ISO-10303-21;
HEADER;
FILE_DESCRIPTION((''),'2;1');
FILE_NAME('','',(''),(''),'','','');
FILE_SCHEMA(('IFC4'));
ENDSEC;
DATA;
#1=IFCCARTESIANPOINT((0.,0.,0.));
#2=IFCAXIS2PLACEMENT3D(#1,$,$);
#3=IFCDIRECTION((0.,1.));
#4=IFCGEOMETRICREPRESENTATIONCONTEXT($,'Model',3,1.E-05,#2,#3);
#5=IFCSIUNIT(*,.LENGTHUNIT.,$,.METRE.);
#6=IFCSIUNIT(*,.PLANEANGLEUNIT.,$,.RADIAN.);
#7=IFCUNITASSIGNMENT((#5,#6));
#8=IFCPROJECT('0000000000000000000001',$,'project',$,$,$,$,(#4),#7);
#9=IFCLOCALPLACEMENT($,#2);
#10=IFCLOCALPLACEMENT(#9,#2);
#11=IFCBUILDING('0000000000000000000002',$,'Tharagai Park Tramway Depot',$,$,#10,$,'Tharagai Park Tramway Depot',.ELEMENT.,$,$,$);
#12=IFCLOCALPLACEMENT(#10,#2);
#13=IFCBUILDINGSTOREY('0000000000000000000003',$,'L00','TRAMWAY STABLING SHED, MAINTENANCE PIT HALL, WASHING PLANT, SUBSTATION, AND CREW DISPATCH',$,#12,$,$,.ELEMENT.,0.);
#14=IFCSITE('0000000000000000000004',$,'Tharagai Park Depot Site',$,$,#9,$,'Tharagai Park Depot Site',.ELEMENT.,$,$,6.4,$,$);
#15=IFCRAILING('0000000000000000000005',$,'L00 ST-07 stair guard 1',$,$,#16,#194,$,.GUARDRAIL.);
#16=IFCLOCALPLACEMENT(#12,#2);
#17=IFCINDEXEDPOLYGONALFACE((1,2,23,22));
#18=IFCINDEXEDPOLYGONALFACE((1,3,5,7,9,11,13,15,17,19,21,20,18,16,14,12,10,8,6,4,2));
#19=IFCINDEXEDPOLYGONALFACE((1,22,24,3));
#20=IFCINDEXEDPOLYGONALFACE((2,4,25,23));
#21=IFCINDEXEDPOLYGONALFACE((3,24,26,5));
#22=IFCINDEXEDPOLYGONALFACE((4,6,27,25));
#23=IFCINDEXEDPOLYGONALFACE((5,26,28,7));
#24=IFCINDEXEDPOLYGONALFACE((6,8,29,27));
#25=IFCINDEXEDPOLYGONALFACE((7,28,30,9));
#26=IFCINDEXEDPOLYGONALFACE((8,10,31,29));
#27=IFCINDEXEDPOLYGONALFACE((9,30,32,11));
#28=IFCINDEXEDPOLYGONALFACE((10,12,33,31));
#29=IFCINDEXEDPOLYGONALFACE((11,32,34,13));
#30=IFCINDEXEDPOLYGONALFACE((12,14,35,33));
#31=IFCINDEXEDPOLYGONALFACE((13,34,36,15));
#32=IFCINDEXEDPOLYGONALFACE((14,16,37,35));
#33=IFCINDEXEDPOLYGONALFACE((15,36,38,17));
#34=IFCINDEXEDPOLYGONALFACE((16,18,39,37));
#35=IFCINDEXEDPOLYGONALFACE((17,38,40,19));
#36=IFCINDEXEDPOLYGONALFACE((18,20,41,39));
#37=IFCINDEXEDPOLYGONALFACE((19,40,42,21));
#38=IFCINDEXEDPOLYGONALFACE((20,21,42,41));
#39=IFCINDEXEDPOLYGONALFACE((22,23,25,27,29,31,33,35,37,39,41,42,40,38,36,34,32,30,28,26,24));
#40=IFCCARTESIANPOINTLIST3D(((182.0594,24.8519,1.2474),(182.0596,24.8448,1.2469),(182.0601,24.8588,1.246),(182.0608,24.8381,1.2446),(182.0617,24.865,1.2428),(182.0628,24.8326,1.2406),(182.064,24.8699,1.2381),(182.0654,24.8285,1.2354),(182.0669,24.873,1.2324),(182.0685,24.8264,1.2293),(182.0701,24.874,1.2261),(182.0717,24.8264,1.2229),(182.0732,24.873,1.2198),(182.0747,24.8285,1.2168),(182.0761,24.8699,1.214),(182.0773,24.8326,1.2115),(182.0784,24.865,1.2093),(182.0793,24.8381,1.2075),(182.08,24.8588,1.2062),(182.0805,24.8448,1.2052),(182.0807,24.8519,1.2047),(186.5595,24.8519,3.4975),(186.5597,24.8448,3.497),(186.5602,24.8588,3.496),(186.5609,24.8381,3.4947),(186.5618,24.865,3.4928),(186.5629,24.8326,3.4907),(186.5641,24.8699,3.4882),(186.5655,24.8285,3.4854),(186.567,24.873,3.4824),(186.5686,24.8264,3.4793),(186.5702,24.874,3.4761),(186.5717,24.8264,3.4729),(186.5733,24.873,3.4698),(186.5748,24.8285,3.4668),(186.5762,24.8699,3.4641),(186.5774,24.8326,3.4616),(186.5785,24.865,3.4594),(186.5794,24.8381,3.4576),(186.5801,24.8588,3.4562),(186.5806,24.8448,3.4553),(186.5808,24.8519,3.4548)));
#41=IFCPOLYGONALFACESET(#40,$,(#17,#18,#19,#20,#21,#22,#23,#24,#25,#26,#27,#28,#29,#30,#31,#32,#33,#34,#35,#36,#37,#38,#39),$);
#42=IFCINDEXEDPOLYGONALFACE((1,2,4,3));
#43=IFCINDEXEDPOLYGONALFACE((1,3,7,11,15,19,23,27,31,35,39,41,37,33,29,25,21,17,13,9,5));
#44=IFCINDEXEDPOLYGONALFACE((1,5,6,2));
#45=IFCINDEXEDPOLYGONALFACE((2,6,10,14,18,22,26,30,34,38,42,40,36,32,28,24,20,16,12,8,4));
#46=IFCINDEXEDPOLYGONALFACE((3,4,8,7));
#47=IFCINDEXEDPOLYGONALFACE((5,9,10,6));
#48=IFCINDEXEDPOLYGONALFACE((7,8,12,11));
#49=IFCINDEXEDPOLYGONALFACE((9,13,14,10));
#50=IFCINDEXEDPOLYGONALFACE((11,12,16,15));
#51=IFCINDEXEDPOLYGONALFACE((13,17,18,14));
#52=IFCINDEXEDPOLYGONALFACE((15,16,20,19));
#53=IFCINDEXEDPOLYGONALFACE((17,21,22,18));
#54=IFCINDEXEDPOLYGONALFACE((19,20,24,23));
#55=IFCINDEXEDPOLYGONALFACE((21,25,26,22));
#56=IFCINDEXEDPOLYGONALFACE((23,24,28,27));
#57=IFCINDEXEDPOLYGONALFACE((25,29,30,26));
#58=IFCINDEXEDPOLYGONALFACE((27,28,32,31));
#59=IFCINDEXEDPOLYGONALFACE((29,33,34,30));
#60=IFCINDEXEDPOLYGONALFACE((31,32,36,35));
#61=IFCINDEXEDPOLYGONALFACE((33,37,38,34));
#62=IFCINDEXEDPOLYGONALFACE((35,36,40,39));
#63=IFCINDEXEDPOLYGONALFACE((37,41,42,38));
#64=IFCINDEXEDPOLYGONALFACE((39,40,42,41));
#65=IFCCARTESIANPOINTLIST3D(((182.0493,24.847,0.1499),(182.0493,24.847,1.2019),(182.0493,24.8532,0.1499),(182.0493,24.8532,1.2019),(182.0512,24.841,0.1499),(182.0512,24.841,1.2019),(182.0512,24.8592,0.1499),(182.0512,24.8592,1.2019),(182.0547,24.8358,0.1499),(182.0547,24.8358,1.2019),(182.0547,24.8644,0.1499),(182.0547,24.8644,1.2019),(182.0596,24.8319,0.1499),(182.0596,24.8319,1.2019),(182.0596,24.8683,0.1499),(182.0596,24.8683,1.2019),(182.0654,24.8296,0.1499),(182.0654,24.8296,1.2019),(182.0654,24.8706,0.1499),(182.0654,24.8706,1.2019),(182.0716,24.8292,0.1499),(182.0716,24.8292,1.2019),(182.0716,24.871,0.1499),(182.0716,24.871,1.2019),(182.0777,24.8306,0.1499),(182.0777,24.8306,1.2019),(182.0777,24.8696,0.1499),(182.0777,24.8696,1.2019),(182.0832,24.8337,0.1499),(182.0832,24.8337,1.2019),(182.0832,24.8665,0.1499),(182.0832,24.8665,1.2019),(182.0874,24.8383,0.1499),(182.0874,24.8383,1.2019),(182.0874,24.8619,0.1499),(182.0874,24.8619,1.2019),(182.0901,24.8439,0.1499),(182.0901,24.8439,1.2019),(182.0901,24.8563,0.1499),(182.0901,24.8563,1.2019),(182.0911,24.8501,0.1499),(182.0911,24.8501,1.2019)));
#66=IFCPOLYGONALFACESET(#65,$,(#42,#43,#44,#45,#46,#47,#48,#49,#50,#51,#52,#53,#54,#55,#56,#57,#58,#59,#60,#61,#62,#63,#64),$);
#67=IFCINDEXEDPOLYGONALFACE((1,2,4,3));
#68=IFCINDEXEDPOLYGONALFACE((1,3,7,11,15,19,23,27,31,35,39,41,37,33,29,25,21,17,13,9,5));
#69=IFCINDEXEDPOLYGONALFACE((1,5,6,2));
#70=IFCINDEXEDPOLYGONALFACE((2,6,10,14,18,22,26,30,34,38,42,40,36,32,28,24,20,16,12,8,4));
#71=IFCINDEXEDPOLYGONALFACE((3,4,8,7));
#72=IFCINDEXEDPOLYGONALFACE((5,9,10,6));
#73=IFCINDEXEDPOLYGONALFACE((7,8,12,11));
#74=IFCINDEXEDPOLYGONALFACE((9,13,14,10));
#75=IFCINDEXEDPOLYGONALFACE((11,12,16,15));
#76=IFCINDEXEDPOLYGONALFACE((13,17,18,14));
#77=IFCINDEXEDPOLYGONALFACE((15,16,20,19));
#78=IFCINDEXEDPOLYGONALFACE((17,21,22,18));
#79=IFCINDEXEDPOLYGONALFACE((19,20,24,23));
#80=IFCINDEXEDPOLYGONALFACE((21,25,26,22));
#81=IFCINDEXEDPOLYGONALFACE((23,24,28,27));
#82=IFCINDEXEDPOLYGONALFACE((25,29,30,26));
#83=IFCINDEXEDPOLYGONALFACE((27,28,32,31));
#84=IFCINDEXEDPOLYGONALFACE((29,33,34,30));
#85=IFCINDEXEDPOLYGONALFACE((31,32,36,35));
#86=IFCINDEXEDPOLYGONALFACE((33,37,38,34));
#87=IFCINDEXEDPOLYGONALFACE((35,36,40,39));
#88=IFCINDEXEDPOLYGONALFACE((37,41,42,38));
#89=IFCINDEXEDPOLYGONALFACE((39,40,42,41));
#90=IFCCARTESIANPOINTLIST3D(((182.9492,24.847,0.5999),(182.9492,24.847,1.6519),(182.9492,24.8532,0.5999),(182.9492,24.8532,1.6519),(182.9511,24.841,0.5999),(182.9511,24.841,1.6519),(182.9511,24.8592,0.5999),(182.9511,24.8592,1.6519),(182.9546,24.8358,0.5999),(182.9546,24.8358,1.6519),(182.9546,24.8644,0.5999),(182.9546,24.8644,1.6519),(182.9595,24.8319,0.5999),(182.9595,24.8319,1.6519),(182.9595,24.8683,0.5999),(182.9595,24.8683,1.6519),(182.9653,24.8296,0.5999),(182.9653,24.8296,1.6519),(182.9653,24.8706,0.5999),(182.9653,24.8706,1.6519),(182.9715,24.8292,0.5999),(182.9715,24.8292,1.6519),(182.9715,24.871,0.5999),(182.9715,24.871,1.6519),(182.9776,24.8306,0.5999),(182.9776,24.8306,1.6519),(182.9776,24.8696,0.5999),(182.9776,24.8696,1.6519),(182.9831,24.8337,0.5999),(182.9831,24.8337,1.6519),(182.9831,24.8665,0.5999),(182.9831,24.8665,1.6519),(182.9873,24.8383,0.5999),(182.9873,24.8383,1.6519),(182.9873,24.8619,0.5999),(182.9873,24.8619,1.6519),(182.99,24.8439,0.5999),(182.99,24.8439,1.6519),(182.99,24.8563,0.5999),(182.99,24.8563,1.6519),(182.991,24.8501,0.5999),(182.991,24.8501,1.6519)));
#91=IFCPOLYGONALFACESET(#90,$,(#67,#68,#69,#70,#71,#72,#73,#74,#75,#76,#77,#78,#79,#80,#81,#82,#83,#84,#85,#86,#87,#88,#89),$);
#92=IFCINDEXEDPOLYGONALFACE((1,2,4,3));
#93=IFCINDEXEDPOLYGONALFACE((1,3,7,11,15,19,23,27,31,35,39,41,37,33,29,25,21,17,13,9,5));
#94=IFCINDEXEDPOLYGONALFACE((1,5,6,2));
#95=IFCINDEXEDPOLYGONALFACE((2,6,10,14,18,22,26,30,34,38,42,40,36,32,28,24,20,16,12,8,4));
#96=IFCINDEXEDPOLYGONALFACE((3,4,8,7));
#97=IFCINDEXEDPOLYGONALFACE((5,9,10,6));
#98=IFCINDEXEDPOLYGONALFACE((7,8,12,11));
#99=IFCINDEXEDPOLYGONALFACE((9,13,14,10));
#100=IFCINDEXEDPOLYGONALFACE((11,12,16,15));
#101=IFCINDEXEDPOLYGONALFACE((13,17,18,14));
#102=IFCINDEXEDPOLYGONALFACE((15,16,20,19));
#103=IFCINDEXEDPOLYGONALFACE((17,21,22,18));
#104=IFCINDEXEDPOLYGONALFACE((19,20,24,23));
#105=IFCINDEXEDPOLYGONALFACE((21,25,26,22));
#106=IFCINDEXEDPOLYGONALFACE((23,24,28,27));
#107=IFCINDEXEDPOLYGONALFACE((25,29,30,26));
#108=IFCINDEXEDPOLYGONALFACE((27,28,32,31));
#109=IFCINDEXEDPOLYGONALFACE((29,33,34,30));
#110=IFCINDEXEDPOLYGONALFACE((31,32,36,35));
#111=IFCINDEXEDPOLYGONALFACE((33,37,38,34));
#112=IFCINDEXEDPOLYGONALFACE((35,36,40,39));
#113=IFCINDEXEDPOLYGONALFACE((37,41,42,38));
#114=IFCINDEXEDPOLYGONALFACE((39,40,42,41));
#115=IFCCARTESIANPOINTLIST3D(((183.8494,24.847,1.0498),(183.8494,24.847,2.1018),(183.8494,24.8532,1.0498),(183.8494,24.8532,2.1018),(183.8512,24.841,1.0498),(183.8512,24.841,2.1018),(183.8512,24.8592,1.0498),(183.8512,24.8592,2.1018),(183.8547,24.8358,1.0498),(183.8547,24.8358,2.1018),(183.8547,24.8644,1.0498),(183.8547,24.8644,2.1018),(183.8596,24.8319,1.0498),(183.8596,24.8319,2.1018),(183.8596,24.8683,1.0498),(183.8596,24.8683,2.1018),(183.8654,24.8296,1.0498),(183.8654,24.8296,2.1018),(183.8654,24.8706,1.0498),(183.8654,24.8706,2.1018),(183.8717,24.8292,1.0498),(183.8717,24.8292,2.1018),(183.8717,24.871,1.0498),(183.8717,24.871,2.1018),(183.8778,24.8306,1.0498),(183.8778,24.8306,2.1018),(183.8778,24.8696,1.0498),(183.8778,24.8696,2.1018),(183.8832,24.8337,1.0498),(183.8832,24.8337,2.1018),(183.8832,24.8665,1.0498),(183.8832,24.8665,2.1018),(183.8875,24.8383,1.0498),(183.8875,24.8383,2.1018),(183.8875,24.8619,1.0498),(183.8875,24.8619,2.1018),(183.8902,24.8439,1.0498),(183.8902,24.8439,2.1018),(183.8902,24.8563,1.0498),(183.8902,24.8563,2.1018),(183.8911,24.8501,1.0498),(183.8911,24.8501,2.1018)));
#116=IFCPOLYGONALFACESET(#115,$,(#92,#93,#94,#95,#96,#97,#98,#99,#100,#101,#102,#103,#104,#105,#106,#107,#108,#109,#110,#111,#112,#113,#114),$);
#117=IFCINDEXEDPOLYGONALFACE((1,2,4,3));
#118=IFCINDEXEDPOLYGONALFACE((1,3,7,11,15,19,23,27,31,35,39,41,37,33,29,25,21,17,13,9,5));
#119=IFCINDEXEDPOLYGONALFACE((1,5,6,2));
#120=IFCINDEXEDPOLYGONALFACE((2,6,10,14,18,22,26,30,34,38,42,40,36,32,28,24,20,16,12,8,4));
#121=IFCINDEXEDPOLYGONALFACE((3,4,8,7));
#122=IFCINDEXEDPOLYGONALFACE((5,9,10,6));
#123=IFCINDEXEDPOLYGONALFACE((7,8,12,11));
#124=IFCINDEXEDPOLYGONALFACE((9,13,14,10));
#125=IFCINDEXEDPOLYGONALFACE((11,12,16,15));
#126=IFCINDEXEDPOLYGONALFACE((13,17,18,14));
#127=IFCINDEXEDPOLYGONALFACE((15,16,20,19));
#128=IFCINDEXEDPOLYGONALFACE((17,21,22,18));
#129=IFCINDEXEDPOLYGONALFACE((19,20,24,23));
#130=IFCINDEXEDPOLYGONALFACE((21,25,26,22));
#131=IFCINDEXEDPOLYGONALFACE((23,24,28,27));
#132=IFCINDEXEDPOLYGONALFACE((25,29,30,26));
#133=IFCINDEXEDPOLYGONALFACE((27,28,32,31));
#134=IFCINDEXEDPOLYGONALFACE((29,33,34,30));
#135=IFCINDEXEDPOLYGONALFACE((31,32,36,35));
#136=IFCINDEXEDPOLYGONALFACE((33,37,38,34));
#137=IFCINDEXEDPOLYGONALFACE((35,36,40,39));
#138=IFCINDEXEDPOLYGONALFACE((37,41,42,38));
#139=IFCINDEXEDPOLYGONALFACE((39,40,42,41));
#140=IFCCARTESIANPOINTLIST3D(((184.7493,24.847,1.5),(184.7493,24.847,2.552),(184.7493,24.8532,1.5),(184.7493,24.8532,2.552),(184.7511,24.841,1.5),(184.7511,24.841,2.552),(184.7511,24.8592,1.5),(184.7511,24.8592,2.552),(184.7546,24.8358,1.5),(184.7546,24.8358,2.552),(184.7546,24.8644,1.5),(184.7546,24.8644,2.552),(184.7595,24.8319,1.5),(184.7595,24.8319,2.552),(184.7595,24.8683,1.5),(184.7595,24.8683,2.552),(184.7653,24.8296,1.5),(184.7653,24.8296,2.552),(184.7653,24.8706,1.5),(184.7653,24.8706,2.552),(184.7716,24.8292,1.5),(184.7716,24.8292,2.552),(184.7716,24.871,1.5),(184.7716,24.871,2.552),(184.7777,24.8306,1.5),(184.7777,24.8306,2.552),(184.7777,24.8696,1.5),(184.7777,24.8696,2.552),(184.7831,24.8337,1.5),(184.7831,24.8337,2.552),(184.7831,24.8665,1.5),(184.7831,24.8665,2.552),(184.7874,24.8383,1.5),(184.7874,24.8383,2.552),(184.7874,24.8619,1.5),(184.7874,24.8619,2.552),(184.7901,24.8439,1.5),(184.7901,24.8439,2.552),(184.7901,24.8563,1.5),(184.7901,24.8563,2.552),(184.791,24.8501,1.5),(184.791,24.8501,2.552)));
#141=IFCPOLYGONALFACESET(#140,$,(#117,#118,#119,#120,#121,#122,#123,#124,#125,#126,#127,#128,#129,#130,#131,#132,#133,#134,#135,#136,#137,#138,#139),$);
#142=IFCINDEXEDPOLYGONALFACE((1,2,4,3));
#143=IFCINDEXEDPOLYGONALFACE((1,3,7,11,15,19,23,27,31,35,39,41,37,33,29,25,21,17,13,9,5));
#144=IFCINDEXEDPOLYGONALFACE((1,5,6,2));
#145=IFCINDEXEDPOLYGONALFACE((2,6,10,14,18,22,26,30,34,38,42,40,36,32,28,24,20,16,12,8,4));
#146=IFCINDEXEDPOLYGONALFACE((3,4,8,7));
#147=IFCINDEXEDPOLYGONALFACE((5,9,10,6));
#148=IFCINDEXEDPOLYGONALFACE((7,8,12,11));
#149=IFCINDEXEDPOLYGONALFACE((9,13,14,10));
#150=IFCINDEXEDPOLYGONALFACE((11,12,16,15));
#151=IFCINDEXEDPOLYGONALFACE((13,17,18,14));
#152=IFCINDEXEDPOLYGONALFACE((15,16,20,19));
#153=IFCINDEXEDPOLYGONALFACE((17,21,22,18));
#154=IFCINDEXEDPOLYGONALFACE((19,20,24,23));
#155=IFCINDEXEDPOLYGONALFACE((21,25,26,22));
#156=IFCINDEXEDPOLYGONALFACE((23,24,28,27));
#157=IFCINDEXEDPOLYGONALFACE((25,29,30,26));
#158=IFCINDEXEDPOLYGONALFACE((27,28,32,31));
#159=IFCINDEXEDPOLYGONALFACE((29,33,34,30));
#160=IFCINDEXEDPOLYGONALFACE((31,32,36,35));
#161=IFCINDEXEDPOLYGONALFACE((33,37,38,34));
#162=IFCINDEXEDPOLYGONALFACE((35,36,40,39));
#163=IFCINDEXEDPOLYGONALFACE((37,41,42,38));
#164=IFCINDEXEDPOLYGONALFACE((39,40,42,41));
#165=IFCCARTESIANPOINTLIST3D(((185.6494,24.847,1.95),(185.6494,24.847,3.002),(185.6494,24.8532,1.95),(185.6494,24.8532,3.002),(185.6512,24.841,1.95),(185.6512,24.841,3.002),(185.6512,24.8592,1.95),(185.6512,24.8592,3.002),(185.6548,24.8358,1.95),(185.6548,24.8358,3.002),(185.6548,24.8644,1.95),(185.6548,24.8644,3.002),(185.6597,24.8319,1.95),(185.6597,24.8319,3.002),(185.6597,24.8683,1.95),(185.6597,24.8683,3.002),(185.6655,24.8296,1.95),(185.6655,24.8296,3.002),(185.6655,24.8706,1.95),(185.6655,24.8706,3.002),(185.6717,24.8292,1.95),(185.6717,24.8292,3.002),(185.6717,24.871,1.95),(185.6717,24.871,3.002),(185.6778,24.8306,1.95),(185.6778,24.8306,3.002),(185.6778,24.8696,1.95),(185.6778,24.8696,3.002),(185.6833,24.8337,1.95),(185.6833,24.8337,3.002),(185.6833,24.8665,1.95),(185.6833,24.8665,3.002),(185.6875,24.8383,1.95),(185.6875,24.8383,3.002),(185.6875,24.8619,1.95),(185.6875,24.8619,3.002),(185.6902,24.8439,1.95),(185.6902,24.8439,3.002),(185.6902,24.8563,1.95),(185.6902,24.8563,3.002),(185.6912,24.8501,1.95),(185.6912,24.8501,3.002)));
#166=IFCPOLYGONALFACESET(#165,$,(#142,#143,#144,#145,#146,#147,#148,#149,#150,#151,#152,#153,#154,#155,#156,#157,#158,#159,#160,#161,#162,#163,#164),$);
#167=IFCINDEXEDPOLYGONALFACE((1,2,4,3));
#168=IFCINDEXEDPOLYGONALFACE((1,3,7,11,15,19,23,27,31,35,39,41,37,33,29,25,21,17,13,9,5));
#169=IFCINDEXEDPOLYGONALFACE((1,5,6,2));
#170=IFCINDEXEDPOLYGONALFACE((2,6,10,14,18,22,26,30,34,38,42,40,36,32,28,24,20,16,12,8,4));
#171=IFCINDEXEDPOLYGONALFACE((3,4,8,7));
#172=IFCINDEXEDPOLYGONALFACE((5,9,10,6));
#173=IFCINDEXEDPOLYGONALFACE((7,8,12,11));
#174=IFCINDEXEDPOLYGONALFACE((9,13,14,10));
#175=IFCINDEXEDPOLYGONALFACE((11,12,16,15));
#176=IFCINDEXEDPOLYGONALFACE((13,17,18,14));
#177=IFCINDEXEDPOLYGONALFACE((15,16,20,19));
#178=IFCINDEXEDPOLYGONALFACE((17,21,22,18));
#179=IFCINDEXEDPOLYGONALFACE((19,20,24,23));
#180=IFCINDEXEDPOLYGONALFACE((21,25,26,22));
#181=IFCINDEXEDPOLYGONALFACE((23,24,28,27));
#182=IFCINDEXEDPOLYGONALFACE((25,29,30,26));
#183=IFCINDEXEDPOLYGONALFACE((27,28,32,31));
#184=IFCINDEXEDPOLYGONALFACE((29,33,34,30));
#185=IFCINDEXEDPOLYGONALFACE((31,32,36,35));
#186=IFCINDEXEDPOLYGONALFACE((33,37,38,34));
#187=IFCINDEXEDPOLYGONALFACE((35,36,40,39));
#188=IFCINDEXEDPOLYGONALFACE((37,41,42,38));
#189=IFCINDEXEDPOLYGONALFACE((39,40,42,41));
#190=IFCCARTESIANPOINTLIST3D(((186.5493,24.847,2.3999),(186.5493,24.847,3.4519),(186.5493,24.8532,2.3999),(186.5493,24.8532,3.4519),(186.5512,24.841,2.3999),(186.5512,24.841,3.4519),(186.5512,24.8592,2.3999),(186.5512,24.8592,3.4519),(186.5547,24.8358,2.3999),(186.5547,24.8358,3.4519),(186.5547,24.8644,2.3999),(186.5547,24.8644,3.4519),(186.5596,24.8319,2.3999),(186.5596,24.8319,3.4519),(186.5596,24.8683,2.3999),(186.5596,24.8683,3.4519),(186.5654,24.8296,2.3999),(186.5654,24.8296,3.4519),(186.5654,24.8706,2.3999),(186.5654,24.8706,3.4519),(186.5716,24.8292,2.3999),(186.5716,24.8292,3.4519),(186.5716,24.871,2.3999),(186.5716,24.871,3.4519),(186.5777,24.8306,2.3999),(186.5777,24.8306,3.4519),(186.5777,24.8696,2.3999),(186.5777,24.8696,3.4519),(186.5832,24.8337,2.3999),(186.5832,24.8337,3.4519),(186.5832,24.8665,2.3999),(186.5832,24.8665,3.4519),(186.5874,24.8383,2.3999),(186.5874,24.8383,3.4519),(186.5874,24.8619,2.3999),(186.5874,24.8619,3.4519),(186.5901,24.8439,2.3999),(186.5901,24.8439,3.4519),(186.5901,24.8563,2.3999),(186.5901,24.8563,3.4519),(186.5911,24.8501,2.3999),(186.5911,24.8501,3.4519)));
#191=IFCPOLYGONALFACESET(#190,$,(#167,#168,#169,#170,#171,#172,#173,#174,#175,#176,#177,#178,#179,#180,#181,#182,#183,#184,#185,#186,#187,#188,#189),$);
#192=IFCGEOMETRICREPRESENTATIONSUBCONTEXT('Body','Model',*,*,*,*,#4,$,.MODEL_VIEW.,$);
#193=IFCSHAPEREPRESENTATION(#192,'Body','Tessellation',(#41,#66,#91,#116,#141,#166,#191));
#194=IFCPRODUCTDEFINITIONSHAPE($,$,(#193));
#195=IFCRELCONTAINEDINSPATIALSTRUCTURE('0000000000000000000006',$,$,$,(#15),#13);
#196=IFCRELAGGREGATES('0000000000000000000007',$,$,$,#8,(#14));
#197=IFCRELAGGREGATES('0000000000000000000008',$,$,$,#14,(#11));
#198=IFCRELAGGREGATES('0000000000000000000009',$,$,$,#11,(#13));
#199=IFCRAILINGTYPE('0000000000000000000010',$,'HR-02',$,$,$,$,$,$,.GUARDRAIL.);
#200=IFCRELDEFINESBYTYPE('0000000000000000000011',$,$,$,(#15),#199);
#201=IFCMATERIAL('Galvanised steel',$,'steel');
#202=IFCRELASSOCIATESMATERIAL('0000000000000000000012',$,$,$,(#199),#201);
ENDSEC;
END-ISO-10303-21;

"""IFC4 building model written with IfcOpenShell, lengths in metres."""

from ifc_helpers import new_model, si_unit, direction, frame, origin, origin_2d, place, context, subcontext, project, spatial, circle, extrude, material, type_object, element, save


model = new_model("IFC4")

# Units and contexts
model_context = context("Model", 3, precision=1e-05, world=origin(), true_north=direction((0.0, 1.0)))
body_context = subcontext(model_context, "Body", "Model", "MODEL_VIEW")
ifc_project = project(units=[si_unit("LENGTHUNIT", "METRE"), si_unit("PLANEANGLEUNIT", "RADIAN")], contexts=[model_context])

# Site, building, storey
site_placement = place(None, origin())
site = spatial("IfcSite", under=ifc_project, at=site_placement, Name="Tharagai Park Depot Site", LongName="Tharagai Park Depot Site", CompositionType="ELEMENT", RefElevation=6.4)
building_placement = place(site_placement, origin())
building = spatial("IfcBuilding", under=site, at=building_placement, Name="Tharagai Park Tramway Depot", LongName="Tharagai Park Tramway Depot", CompositionType="ELEMENT")
storey_placement = place(building_placement, origin())
storey = spatial("IfcBuildingStorey", under=building, at=storey_placement, Name="L00", Description="TRAMWAY STABLING SHED, MAINTENANCE PIT HALL, WASHING PLANT, SUBSTATION, AND CREW DISPATCH", CompositionType="ELEMENT", Elevation=0.0)

# Railing
ifc_material_1 = material(Name="Galvanised steel", Category="steel")
railing_type_1 = type_object("IfcRailingType", Name="HR-02", PredefinedType="GUARDRAIL", material=ifc_material_1)
railing_1_placement = place(storey_placement, frame((182.0701, 24.8501, 0.1499)))
element("IfcRailing", 1, at=railing_1_placement, inside=storey, type_object=railing_type_1, Name="L00 ST-07 stair guard 1", PredefinedType="GUARDRAIL", context=body_context, shape_type="SweptSolid", body=[
    extrude(circle(Radius=0.0239, at=origin_2d()), frame((0.0, 0.0, 1.0762), z_axis=(0.894427, 0.0, 0.447214), x_axis=(0.0, 1.0, 0.0)), (0.0, 0.0, 1.0), 5.0312),
    extrude(circle(Radius=0.021, at=origin_2d()), origin(), (0.0, 0.0, 1.0), 1.052),
    extrude(circle(Radius=0.021, at=origin_2d()), frame((0.8999, 0.0, 0.45)), (0.0, 0.0, 1.0), 1.052),
    extrude(circle(Radius=0.021, at=origin_2d()), frame((1.8, 0.0, 0.8999)), (0.0, 0.0, 1.0), 1.052),
    extrude(circle(Radius=0.021, at=origin_2d()), frame((2.7, 0.0, 1.3501)), (0.0, 0.0, 1.0), 1.052),
    extrude(circle(Radius=0.021, at=origin_2d()), frame((3.6001, 0.0, 1.8)), (0.0, 0.0, 1.0), 1.052),
    extrude(circle(Radius=0.021, at=origin_2d()), frame((4.5, 0.0, 2.25)), (0.0, 0.0, 1.0), 1.052),
])

save(model, "model.ifc")
